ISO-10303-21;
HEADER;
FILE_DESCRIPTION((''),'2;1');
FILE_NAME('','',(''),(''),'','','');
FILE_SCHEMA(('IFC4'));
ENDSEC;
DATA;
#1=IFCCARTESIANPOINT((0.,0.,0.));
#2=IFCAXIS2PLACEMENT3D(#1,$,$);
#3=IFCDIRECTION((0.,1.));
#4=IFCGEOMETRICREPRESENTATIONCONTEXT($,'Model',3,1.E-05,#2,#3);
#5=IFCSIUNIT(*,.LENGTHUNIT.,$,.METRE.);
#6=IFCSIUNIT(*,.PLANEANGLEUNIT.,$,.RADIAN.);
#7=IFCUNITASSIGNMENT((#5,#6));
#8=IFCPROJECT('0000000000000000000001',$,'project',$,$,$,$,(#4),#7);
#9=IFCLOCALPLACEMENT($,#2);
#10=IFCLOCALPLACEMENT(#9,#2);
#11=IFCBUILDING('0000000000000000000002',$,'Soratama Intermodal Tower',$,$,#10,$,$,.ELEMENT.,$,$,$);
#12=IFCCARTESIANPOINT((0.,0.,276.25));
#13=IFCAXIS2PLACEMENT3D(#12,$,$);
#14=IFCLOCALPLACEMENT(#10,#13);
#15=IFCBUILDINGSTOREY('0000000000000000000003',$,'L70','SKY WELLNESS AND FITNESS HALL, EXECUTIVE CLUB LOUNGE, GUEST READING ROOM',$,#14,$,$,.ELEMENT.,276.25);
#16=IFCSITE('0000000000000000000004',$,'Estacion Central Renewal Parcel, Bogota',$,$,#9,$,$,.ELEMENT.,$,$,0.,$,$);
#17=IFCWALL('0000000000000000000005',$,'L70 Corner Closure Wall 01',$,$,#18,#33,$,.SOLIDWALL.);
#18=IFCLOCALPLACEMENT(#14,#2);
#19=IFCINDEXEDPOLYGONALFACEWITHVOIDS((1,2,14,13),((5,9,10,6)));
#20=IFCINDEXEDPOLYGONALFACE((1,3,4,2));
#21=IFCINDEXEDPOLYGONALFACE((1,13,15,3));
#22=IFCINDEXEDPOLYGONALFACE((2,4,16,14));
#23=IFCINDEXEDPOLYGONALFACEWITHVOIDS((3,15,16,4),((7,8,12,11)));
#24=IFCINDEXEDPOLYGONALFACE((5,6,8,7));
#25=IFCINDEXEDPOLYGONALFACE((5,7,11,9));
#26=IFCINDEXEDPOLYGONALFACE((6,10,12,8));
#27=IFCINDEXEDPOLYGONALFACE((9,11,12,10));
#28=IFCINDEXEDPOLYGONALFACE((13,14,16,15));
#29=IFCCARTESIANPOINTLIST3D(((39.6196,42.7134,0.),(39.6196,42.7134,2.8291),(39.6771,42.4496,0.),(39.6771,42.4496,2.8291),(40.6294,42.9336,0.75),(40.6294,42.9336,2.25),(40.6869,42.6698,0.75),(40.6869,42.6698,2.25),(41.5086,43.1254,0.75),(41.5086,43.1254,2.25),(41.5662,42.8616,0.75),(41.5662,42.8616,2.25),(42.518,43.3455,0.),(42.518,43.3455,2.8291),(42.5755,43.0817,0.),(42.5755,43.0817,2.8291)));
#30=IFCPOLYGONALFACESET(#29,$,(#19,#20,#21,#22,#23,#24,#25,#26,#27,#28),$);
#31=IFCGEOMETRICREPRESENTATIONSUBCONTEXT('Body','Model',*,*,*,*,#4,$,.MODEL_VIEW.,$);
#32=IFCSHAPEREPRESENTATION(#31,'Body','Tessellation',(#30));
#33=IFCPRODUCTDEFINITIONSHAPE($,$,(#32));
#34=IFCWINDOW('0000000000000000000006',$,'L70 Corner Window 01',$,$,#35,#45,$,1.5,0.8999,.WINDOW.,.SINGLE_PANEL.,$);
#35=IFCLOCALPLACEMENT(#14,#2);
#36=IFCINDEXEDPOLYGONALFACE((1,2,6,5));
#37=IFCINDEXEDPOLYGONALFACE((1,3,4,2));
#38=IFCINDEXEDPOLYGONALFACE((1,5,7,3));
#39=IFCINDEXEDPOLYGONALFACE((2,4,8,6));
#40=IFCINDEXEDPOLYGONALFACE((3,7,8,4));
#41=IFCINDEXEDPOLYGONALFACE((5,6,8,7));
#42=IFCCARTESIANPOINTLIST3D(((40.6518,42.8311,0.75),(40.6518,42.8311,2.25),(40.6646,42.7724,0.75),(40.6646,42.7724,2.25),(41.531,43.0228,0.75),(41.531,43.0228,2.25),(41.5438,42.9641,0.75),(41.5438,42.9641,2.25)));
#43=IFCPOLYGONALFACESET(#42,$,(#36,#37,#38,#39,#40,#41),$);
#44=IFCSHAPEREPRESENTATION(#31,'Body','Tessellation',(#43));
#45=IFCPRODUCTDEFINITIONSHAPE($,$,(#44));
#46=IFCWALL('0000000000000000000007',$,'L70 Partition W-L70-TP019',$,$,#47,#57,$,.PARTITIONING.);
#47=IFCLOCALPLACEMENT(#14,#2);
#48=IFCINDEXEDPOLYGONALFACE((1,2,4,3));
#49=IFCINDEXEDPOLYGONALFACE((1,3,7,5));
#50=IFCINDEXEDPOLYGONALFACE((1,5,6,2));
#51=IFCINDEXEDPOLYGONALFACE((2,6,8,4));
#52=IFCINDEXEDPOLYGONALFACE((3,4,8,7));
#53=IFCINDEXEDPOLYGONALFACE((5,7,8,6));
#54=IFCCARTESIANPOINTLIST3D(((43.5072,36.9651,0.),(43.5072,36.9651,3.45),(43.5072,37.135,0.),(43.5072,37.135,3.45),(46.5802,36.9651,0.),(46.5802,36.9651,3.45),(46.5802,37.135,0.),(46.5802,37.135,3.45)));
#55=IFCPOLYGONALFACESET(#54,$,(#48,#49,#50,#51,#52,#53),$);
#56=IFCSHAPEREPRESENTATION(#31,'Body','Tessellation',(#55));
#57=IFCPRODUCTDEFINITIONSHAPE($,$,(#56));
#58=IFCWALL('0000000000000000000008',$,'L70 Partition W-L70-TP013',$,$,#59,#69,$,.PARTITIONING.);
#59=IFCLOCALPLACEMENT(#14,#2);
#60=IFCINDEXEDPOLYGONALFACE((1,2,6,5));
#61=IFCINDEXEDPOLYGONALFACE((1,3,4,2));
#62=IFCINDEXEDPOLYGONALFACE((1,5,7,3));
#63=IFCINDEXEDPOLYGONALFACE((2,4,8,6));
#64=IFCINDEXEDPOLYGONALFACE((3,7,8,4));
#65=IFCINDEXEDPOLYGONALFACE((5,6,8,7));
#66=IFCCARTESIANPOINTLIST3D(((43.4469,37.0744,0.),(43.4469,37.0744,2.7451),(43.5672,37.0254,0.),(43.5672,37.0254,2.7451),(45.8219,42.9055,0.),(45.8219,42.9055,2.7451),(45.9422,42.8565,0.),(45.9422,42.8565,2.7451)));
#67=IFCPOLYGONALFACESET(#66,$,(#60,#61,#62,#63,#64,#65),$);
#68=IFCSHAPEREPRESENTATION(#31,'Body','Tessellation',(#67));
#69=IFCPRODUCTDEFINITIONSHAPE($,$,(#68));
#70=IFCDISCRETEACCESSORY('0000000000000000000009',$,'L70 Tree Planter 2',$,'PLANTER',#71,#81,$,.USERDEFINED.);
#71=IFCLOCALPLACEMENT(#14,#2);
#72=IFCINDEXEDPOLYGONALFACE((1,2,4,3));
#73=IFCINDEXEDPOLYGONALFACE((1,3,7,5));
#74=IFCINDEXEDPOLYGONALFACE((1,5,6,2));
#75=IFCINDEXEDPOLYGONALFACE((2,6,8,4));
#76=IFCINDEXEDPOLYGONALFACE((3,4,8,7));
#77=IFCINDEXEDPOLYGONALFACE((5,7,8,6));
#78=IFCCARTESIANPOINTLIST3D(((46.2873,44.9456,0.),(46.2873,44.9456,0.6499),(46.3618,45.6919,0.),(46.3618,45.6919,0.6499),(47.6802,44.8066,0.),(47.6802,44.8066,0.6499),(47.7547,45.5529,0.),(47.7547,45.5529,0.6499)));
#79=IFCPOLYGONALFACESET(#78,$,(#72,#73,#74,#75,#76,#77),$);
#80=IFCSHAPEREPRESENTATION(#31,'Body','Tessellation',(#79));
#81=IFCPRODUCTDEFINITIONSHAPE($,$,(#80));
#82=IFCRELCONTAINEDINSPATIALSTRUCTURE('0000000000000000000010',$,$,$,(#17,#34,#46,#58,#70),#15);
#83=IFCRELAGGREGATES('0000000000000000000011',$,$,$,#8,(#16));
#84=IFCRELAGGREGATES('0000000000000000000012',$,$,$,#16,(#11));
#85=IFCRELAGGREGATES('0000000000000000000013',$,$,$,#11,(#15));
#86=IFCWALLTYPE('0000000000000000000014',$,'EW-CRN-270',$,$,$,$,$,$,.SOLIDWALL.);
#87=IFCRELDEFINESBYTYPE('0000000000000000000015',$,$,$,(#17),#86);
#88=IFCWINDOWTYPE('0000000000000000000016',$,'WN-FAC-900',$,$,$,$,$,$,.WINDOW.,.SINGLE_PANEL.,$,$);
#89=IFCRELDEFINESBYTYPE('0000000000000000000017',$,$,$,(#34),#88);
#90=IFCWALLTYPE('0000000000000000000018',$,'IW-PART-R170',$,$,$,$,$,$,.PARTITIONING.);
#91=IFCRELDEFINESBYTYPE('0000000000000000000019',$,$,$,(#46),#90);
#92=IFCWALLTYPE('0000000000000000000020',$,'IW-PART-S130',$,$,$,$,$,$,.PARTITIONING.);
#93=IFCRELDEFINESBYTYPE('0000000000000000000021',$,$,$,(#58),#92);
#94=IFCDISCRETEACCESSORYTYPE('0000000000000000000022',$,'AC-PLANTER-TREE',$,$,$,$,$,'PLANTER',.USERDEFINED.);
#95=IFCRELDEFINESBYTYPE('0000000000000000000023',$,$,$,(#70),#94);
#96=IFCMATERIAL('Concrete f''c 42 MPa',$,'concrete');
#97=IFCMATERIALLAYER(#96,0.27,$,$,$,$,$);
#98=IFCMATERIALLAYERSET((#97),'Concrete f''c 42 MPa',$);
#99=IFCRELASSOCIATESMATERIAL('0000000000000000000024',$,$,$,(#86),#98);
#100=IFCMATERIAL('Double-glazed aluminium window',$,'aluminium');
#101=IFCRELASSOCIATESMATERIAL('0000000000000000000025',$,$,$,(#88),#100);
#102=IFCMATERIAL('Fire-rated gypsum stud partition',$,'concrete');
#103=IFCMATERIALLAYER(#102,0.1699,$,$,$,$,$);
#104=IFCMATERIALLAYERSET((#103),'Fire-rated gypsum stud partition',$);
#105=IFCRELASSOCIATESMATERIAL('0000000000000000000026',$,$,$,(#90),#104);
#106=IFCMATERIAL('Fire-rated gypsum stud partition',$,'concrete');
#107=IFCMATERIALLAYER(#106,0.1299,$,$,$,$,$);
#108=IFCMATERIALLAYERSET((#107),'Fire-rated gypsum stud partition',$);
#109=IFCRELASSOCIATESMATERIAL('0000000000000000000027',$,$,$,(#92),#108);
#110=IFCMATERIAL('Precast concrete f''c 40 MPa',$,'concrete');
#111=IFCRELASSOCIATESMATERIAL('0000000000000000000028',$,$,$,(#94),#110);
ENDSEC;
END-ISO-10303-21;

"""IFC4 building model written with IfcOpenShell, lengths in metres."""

from ifc_helpers import new_model, si_unit, direction, frame, frame_2d, origin, origin_2d, place, context, subcontext, project, spatial, rectangle, extrude, material, layer, layer_set, type_object, element, fill, save


model = new_model("IFC4")

# Units and contexts
model_context = context("Model", 3, precision=1e-05, world=origin(), true_north=direction((0.0, 1.0)))
body_context = subcontext(model_context, "Body", "Model", "MODEL_VIEW")
ifc_project = project(units=[si_unit("LENGTHUNIT", "METRE"), si_unit("PLANEANGLEUNIT", "RADIAN")], contexts=[model_context])

# Site, building, storey
site_placement = place(None, origin())
site = spatial("IfcSite", under=ifc_project, at=site_placement, Name="Estacion Central Renewal Parcel, Bogota", CompositionType="ELEMENT", RefElevation=0.0)
building_placement = place(site_placement, origin())
building = spatial("IfcBuilding", under=site, at=building_placement, Name="Soratama Intermodal Tower", CompositionType="ELEMENT")
storey_placement = place(building_placement, frame((0.0, 0.0, 276.25)))
storey = spatial("IfcBuildingStorey", under=building, at=storey_placement, Name="L70", Description="SKY WELLNESS AND FITNESS HALL, EXECUTIVE CLUB LOUNGE, GUEST READING ROOM", CompositionType="ELEMENT", Elevation=276.25)

# Wall, opening, window
ifc_material_1 = material(Name="Concrete f'c 42 MPa", Category="concrete")
ifc_layer_1 = layer(ifc_material_1, 0.27)
ifc_layer_set_1 = layer_set([ifc_layer_1], Name="Concrete f'c 42 MPa")
wall_type_1 = type_object("IfcWallType", Name="EW-CRN-270", PredefinedType="SOLIDWALL", material=ifc_layer_set_1)
wall_1_placement = place(storey_placement, frame((42.5469, 43.2136, 0.0), z_axis=(0.0, 0.0, 1.0), x_axis=(-0.977037, -0.213069, 0.0)))
wall_1 = element("IfcWall", 1, at=wall_1_placement, inside=storey, type_object=wall_type_1, Name="L70 Corner Closure Wall 01", PredefinedType="SOLIDWALL", context=body_context, shape_type="SweptSolid", body=[
    extrude(rectangle(XDim=2.9666, YDim=0.27, at=frame_2d((1.4834, 0.0))), origin(), (0.0, 0.0, 1.0), 2.8291),
])
opening_1_placement = place(wall_1_placement, frame((1.0332, 0.0, 0.75)))
opening_1 = element("IfcOpeningElement", 2, at=opening_1_placement, cuts=wall_1, PredefinedType="OPENING", context=body_context, shape_type="SweptSolid", body=[
    extrude(rectangle(XDim=0.8999, YDim=1.5, at=frame_2d((0.45, 0.75))), frame((0.0, 0.145, 0.0), z_axis=(0.0, -1.0, 0.0), x_axis=(1.0, 0.0, 0.0)), (0.0, 0.0, 1.0), 0.29),
])
ifc_material_2 = material(Name="Double-glazed aluminium window", Category="aluminium")
window_type = type_object("IfcWindowType", Name="WN-FAC-900", PartitioningType="SINGLE_PANEL", PredefinedType="WINDOW", material=ifc_material_2)
window_placement = place(opening_1_placement, origin())
window = element("IfcWindow", 3, at=window_placement, inside=storey, type_object=window_type, Name="L70 Corner Window 01", OverallHeight=1.5, OverallWidth=0.8999, PartitioningType="SINGLE_PANEL", PredefinedType="WINDOW", context=body_context, shape_type="SweptSolid", body=[
    extrude(rectangle(XDim=0.8999, YDim=1.5, at=frame_2d((0.45, 0.75))), frame((0.0, 0.03, 0.0), z_axis=(0.0, -1.0, 0.0), x_axis=(1.0, 0.0, 0.0)), (0.0, 0.0, 1.0), 0.0601),
])
fill(opening_1, window)

# Shared definitions
ifc_material_3 = material(Name="Fire-rated gypsum stud partition", Category="concrete")
ifc_layer_2 = layer(ifc_material_3, 0.1699)
ifc_layer_set_2 = layer_set([ifc_layer_2], Name="Fire-rated gypsum stud partition")
wall_type_2 = type_object("IfcWallType", Name="IW-PART-R170", PredefinedType="PARTITIONING", material=ifc_layer_set_2)

# Walls
wall_2_placement = place(storey_placement, frame((43.5071, 37.05, 0.0), z_axis=(0.0, 0.0, 1.0), x_axis=(1.0, 0.0, 0.0)))
element("IfcWall", 4, at=wall_2_placement, inside=storey, type_object=wall_type_2, Name="L70 Partition W-L70-TP019", PredefinedType="PARTITIONING", context=body_context, shape_type="SweptSolid", body=[
    extrude(rectangle(XDim=3.073, YDim=0.1699, at=frame_2d((1.5366, 0.0))), origin(), (0.0, 0.0, 1.0), 3.45),
])
ifc_material_4 = material(Name="Fire-rated gypsum stud partition", Category="concrete")
ifc_layer_3 = layer(ifc_material_4, 0.1299)
ifc_layer_set_3 = layer_set([ifc_layer_3], Name="Fire-rated gypsum stud partition")
wall_type_3 = type_object("IfcWallType", Name="IW-PART-S130", PredefinedType="PARTITIONING", material=ifc_layer_set_3)
wall_3_placement = place(storey_placement, frame((43.5071, 37.05, 0.0), z_axis=(0.0, 0.0, 1.0), x_axis=(0.377213, 0.926126, 0.0)))
element("IfcWall", 5, at=wall_3_placement, inside=storey, type_object=wall_type_3, Name="L70 Partition W-L70-TP013", PredefinedType="PARTITIONING", context=body_context, shape_type="SweptSolid", body=[
    extrude(rectangle(XDim=6.2961, YDim=0.1299, at=frame_2d((3.1479, 0.0))), origin(), (0.0, 0.0, 1.0), 2.7451),
])

# Discrete accessory
ifc_material_5 = material(Name="Precast concrete f'c 40 MPa", Category="concrete")
discrete_accessory_type = type_object("IfcDiscreteAccessoryType", Name="AC-PLANTER-TREE", ElementType="PLANTER", PredefinedType="USERDEFINED", material=ifc_material_5)
discrete_accessory_placement = place(storey_placement, frame((47.021, 45.2493, 0.0), z_axis=(0.0, 0.0, 1.0), x_axis=(0.09932, 0.995056, 0.0)))
element("IfcDiscreteAccessory", 6, at=discrete_accessory_placement, inside=storey, type_object=discrete_accessory_type, Name="L70 Tree Planter 2", ObjectType="PLANTER", PredefinedType="USERDEFINED", context=body_context, shape_type="SweptSolid", body=[
    extrude(rectangle(XDim=0.75, YDim=1.3999, at=origin_2d()), origin(), (0.0, 0.0, 1.0), 0.6499),
])

save(model, "model.ifc")
